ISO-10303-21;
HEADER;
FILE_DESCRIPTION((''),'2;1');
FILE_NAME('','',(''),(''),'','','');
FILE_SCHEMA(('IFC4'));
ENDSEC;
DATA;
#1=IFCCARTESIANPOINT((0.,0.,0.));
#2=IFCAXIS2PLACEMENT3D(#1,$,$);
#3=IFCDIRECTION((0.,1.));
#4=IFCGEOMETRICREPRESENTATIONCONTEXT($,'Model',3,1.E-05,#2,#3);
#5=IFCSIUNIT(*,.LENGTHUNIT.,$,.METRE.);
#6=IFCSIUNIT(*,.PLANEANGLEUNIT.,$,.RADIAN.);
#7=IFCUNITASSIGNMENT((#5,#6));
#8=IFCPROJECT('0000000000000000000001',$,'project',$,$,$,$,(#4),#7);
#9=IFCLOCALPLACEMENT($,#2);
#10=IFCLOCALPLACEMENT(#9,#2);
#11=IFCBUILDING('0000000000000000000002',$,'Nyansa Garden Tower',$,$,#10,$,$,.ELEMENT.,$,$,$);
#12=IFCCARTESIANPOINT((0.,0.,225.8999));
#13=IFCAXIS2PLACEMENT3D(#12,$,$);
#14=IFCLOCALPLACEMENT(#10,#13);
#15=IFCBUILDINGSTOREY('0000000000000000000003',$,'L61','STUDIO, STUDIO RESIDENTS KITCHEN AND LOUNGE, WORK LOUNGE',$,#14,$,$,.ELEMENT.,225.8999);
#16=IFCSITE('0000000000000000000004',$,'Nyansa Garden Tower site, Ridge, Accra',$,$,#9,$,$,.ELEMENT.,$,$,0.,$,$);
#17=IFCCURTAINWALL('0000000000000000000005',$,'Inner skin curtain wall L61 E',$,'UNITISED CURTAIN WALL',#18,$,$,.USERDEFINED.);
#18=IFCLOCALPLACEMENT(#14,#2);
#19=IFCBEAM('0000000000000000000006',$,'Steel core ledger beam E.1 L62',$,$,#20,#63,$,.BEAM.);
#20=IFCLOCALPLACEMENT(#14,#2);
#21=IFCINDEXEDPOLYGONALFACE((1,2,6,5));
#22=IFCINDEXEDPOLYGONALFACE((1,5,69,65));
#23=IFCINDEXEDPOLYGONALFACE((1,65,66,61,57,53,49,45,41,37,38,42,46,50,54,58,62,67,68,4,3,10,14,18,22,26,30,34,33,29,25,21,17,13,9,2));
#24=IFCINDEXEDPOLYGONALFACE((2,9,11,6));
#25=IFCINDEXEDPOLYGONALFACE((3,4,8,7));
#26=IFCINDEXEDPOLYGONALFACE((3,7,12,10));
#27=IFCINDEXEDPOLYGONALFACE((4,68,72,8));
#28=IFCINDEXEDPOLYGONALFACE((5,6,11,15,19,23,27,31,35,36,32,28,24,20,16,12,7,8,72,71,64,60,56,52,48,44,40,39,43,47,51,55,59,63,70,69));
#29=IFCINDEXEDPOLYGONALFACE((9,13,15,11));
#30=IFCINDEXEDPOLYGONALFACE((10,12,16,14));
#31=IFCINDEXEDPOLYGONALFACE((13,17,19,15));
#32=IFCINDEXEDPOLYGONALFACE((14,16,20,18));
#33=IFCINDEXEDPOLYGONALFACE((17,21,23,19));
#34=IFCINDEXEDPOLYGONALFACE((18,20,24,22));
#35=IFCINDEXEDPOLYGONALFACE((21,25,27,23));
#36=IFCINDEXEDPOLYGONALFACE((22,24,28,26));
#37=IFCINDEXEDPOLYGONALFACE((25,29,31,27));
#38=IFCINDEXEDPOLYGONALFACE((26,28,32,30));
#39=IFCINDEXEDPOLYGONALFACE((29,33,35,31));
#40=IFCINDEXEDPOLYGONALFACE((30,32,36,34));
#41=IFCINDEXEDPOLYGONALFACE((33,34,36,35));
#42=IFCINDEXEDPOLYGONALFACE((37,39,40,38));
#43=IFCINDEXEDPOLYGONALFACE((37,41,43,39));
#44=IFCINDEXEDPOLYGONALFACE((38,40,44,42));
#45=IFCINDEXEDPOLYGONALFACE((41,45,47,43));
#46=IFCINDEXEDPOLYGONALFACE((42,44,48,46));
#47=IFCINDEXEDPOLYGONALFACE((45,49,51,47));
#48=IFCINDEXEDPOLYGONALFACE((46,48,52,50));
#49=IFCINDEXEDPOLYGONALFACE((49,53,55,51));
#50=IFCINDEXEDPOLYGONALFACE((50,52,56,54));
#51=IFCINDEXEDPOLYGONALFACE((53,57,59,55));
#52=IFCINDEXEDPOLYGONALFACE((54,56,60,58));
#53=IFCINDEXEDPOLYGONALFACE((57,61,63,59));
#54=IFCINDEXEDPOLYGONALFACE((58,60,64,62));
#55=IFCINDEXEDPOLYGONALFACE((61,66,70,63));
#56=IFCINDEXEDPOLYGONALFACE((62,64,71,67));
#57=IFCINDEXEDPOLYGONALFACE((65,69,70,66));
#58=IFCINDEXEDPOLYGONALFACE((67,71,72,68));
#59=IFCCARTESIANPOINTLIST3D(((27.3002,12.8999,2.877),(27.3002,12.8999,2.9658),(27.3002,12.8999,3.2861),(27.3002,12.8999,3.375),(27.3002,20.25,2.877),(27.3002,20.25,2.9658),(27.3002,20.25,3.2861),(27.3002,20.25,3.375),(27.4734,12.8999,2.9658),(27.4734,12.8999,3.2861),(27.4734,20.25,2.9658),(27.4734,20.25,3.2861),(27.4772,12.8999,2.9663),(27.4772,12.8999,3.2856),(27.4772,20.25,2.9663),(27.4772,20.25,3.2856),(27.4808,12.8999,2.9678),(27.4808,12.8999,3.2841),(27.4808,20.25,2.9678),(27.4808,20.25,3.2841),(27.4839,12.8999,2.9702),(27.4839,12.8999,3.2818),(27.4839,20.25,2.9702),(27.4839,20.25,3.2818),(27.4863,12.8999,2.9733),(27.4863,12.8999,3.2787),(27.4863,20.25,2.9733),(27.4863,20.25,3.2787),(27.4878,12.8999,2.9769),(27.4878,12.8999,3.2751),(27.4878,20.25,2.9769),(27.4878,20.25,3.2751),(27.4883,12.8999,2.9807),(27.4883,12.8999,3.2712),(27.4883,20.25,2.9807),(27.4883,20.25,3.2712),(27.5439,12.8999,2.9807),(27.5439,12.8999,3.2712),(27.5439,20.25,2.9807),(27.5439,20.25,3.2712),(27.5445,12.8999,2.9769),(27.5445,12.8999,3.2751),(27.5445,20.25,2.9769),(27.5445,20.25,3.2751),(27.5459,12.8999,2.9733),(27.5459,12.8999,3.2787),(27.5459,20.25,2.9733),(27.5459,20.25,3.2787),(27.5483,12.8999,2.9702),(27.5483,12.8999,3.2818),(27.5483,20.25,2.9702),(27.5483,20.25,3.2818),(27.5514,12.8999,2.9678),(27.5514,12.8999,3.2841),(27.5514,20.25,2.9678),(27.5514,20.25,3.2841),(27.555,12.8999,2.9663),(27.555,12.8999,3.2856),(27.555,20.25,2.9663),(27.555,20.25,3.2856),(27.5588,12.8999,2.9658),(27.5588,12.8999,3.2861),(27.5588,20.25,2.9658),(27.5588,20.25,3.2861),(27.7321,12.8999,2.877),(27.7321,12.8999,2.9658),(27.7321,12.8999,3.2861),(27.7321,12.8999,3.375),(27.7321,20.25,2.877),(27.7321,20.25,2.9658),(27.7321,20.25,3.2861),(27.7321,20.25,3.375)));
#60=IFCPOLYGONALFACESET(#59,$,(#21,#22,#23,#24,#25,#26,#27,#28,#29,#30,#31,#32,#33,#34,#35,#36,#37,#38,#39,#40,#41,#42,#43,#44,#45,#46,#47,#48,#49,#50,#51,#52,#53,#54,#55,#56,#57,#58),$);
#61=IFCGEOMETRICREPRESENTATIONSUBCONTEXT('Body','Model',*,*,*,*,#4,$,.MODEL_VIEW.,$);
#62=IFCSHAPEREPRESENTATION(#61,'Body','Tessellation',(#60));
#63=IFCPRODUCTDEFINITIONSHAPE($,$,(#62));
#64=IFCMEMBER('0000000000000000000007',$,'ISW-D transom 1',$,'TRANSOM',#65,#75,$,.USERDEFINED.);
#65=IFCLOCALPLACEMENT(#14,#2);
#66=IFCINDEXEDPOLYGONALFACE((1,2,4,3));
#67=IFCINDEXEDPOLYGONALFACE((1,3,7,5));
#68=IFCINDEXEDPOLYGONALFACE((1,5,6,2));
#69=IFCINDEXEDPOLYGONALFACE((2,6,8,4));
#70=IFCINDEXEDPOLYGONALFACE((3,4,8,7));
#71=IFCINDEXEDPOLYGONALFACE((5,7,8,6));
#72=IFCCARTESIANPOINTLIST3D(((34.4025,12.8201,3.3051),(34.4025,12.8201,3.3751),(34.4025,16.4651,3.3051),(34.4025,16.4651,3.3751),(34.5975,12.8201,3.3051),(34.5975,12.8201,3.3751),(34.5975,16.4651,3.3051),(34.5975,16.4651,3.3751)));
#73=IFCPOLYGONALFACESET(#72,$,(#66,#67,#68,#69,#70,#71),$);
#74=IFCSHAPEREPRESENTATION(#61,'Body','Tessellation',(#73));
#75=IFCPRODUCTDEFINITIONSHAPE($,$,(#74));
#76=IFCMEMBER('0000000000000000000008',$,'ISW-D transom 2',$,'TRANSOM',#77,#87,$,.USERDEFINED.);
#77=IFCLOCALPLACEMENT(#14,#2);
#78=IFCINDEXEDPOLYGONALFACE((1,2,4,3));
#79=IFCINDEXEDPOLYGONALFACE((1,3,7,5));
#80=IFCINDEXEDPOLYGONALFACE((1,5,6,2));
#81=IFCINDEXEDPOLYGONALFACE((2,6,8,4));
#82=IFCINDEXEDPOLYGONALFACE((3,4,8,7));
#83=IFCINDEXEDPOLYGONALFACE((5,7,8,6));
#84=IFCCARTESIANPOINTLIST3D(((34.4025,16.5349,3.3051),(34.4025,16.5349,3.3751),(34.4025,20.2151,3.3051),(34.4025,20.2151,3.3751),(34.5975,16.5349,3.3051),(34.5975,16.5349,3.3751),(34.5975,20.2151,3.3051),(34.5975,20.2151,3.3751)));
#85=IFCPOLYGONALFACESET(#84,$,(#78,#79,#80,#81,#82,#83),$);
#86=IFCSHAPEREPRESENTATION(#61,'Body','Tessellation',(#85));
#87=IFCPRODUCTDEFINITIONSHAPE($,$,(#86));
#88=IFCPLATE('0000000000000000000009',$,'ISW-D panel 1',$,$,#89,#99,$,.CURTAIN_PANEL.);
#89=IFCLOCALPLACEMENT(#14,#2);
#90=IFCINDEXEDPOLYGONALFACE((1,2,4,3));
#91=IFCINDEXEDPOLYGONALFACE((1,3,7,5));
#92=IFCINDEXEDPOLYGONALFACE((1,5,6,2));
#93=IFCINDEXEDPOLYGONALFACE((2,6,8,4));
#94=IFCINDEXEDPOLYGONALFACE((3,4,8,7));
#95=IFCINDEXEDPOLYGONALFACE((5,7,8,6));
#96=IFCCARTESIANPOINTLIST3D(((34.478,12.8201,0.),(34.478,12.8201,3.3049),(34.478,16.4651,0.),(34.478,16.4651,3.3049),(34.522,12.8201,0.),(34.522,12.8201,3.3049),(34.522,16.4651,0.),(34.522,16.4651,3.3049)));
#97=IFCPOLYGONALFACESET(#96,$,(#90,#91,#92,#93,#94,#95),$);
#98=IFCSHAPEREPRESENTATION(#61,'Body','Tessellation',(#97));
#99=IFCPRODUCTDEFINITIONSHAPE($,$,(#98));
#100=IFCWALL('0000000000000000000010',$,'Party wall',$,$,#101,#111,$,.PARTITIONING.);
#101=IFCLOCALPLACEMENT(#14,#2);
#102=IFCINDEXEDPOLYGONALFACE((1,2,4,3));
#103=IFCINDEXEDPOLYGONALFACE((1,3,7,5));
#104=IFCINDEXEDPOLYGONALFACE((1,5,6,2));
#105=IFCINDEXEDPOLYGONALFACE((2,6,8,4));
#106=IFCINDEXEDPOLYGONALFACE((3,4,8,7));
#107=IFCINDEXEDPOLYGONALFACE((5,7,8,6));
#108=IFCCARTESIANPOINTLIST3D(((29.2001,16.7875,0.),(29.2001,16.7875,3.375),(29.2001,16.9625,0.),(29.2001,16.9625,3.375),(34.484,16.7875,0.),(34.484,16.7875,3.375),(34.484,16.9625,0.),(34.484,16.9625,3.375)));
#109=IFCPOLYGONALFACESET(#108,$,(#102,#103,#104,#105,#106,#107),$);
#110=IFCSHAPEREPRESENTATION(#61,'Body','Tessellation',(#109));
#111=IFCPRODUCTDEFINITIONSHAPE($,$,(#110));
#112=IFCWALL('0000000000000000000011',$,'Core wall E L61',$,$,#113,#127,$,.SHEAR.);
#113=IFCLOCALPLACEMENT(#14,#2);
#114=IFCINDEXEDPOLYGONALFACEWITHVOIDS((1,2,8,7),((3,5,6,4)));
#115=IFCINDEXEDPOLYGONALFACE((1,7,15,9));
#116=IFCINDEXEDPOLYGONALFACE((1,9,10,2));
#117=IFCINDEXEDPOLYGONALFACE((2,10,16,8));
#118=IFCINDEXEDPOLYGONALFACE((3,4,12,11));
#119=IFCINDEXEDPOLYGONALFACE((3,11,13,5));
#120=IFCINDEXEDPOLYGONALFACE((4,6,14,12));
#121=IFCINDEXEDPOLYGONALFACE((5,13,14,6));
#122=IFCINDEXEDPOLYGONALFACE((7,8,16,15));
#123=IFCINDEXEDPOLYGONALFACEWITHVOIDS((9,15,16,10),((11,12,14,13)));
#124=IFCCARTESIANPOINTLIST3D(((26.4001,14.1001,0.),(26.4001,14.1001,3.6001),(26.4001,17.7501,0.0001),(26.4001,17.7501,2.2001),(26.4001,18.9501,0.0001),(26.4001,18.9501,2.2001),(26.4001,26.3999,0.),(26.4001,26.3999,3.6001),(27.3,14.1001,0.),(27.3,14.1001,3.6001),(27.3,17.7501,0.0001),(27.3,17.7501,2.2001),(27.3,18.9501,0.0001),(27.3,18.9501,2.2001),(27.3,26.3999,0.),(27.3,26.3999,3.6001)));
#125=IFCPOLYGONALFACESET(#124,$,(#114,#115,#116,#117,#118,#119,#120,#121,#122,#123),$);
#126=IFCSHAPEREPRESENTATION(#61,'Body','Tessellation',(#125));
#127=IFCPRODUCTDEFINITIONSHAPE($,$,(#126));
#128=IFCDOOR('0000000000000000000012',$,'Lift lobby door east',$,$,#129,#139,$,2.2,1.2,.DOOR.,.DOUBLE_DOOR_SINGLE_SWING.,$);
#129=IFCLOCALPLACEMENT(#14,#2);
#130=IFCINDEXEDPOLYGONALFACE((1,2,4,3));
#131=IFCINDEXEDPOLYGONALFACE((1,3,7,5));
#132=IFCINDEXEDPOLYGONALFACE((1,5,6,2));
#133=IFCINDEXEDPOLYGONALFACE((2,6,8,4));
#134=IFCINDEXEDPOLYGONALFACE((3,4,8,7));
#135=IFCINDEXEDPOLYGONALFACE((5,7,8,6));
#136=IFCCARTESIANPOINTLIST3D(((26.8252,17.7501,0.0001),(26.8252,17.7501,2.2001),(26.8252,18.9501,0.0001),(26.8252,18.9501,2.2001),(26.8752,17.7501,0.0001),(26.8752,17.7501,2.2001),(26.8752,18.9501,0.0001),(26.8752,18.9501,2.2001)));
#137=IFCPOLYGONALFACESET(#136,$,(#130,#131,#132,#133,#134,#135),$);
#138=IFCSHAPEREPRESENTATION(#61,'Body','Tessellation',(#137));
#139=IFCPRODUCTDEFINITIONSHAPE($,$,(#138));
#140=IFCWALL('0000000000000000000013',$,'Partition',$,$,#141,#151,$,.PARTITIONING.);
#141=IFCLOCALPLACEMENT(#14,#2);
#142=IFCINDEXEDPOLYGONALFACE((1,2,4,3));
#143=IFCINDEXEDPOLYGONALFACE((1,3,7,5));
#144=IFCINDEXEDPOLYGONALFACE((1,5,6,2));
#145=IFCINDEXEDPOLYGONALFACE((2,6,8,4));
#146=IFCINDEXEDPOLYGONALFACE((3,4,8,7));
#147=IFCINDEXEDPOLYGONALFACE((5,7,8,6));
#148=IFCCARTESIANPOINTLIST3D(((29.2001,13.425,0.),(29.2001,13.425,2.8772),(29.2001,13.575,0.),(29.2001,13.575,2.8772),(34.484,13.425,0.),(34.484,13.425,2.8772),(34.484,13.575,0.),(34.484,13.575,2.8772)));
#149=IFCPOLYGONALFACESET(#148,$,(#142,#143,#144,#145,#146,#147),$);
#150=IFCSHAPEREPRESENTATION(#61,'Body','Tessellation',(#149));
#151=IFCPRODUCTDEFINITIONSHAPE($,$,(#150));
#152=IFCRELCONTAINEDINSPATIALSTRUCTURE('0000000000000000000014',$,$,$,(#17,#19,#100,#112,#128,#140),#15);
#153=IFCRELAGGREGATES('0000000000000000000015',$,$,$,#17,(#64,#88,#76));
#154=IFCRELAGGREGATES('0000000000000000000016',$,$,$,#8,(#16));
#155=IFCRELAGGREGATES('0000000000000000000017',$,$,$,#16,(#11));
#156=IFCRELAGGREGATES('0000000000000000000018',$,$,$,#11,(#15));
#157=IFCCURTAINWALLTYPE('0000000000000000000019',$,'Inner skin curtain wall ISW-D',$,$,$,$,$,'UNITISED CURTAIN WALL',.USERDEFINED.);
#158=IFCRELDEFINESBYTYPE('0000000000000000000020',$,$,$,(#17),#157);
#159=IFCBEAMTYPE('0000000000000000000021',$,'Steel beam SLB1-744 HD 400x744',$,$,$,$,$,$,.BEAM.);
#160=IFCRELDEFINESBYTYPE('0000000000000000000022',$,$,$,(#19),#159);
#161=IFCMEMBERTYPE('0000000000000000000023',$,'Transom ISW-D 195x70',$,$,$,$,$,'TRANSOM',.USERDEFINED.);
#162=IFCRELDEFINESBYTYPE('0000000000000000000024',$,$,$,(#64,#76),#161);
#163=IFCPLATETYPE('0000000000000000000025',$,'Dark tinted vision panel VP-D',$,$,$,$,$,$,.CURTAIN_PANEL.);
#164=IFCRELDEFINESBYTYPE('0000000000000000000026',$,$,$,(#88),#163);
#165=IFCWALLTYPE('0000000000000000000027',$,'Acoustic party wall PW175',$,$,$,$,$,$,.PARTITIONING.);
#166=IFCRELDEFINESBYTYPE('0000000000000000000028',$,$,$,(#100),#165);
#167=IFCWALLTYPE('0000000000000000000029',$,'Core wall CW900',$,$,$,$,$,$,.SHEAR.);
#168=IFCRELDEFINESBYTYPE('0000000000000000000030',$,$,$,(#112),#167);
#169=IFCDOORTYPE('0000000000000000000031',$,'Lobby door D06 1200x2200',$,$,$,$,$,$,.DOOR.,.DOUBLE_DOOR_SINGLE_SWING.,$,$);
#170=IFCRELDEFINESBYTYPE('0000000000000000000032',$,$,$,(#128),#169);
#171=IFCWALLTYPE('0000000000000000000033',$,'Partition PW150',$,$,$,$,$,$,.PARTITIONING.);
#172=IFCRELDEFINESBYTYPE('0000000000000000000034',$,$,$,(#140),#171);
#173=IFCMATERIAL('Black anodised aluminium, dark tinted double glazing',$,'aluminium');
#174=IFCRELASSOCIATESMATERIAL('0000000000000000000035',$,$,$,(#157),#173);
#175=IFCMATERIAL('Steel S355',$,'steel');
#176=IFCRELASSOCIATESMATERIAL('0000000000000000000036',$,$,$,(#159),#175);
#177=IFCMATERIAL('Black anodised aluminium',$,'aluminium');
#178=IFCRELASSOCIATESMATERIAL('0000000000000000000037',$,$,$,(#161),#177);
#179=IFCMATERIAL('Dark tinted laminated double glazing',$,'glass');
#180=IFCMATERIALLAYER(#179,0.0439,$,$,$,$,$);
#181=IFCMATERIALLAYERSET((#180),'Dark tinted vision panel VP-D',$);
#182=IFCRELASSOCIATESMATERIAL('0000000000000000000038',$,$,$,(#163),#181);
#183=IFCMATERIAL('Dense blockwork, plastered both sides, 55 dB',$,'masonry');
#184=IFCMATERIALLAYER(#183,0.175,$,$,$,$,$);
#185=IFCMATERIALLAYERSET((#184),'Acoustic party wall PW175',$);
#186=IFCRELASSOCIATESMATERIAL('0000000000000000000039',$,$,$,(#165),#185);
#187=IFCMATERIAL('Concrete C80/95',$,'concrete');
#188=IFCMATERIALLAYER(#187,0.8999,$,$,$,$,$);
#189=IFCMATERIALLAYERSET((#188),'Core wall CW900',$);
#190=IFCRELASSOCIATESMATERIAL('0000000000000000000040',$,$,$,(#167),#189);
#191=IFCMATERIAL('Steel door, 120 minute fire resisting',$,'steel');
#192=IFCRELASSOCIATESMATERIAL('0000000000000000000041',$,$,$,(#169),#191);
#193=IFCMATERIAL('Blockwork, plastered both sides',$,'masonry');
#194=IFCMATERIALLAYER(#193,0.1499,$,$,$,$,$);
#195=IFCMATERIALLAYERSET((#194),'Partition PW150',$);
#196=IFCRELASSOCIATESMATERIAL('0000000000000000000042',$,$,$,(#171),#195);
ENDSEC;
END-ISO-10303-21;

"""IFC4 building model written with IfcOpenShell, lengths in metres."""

from ifc_helpers import new_model, si_unit, direction, frame, frame_2d, origin, origin_2d, place, context, subcontext, project, spatial, rectangle, i_section, extrude, material, layer, layer_set, material_profile, profile_set, type_object, element, fill, aggregate, save


model = new_model("IFC4")

# Units and contexts
model_context = context("Model", 3, precision=1e-05, world=origin(), true_north=direction((0.0, 1.0)))
body_context = subcontext(model_context, "Body", "Model", "MODEL_VIEW")
ifc_project = project(units=[si_unit("LENGTHUNIT", "METRE"), si_unit("PLANEANGLEUNIT", "RADIAN")], contexts=[model_context])

# Site, building, storey
site_placement = place(None, origin())
site = spatial("IfcSite", under=ifc_project, at=site_placement, Name="Nyansa Garden Tower site, Ridge, Accra", CompositionType="ELEMENT", RefElevation=0.0)
building_placement = place(site_placement, origin())
building = spatial("IfcBuilding", under=site, at=building_placement, Name="Nyansa Garden Tower", CompositionType="ELEMENT")
storey_placement = place(building_placement, frame((0.0, 0.0, 225.8999)))
storey = spatial("IfcBuildingStorey", under=building, at=storey_placement, Name="L61", Description="STUDIO, STUDIO RESIDENTS KITCHEN AND LOUNGE, WORK LOUNGE", CompositionType="ELEMENT", Elevation=225.8999)

# Curtain wall
ifc_material_1 = material(Name="Black anodised aluminium, dark tinted double glazing", Category="aluminium")
curtain_wall_type = type_object("IfcCurtainWallType", Name="Inner skin curtain wall ISW-D", ElementType="UNITISED CURTAIN WALL", PredefinedType="USERDEFINED", material=ifc_material_1)
curtain_wall_placement = place(storey_placement, origin())
curtain_wall = element("IfcCurtainWall", 1, at=curtain_wall_placement, inside=storey, type_object=curtain_wall_type, Name="Inner skin curtain wall L61 E", ObjectType="UNITISED CURTAIN WALL", PredefinedType="USERDEFINED")

# Beam
ifc_material_2 = material(Name="Steel S355", Category="steel")
ifc_material_profile_1 = material_profile(ifc_material_2, i_section(OverallWidth=0.4319, OverallDepth=0.498, WebThickness=0.0557, FlangeThickness=0.0889, FilletRadius=0.0149, at=origin_2d()), Name="HD 400x744")
ifc_profile_set_1 = profile_set([ifc_material_profile_1], Name="Steel S355")
beam_type_1 = type_object("IfcBeamType", Name="Steel beam SLB1-744 HD 400x744", PredefinedType="BEAM", material=ifc_profile_set_1)
beam_1_placement = place(storey_placement, frame((27.5161, 12.8999, 3.126), z_axis=(0.0, 1.0, 0.0), x_axis=(-1.0, 0.0, 0.0)))
element("IfcBeam", 2, at=beam_1_placement, inside=storey, type_object=beam_type_1, Name="Steel core ledger beam E.1 L62", PredefinedType="BEAM", context=body_context, shape_type="SweptSolid", body=[
    extrude(i_section(OverallWidth=0.4319, OverallDepth=0.498, WebThickness=0.0557, FlangeThickness=0.0889, FilletRadius=0.0149, at=origin_2d()), origin(), (0.0, 0.0, 1.0), 7.3501),
])

# Members
ifc_material_3 = material(Name="Black anodised aluminium", Category="aluminium")
ifc_material_profile_2 = material_profile(ifc_material_3, rectangle(XDim=0.1951, YDim=0.0701, at=origin_2d()), Name="Transom 195x70")
ifc_profile_set_2 = profile_set([ifc_material_profile_2], Name="Black anodised aluminium")
member_type_1 = type_object("IfcMemberType", Name="Transom ISW-D 195x70", ElementType="TRANSOM", PredefinedType="USERDEFINED", material=ifc_profile_set_2)
member_1_placement = place(storey_placement, frame((34.5, 12.8201, 3.3401), z_axis=(0.0, 1.0, 0.0), x_axis=(-1.0, 0.0, 0.0)))
member_1 = element("IfcMember", 3, at=member_1_placement, type_object=member_type_1, Name="ISW-D transom 1", ObjectType="TRANSOM", PredefinedType="USERDEFINED", context=body_context, shape_type="SweptSolid", body=[
    extrude(rectangle(XDim=0.1951, YDim=0.0701, at=origin_2d()), origin(), (0.0, 0.0, 1.0), 3.645),
])
member_2_placement = place(storey_placement, frame((34.5, 16.5349, 3.3401), z_axis=(0.0, 1.0, 0.0), x_axis=(-1.0, 0.0, 0.0)))
member_2 = element("IfcMember", 4, at=member_2_placement, type_object=member_type_1, Name="ISW-D transom 2", ObjectType="TRANSOM", PredefinedType="USERDEFINED", context=body_context, shape_type="SweptSolid", body=[
    extrude(rectangle(XDim=0.1951, YDim=0.0701, at=origin_2d()), origin(), (0.0, 0.0, 1.0), 3.6802),
])

# Plate
ifc_material_4 = material(Name="Dark tinted laminated double glazing", Category="glass")
ifc_layer_1 = layer(ifc_material_4, 0.0439)
ifc_layer_set_1 = layer_set([ifc_layer_1], Name="Dark tinted vision panel VP-D")
plate_type = type_object("IfcPlateType", Name="Dark tinted vision panel VP-D", PredefinedType="CURTAIN_PANEL", material=ifc_layer_set_1)
plate_placement = place(storey_placement, frame((34.5, 14.6426, 0.0), z_axis=(0.0, 0.0, 1.0), x_axis=(0.0, 1.0, 0.0)))
plate = element("IfcPlate", 5, at=plate_placement, type_object=plate_type, Name="ISW-D panel 1", PredefinedType="CURTAIN_PANEL", context=body_context, shape_type="SweptSolid", body=[
    extrude(rectangle(XDim=3.645, YDim=0.0439, at=origin_2d()), origin(), (0.0, 0.0, 1.0), 3.3049),
])
aggregate(curtain_wall, [member_1, plate, member_2])

# Wall
ifc_material_5 = material(Name="Dense blockwork, plastered both sides, 55 dB", Category="masonry")
ifc_layer_2 = layer(ifc_material_5, 0.175)
ifc_layer_set_2 = layer_set([ifc_layer_2], Name="Acoustic party wall PW175")
wall_type_1 = type_object("IfcWallType", Name="Acoustic party wall PW175", PredefinedType="PARTITIONING", material=ifc_layer_set_2)
wall_1_placement = place(storey_placement, frame((29.2, 16.875, 0.0), z_axis=(0.0, 0.0, 1.0), x_axis=(1.0, 0.0, 0.0)))
element("IfcWall", 6, at=wall_1_placement, inside=storey, type_object=wall_type_1, Name="Party wall", PredefinedType="PARTITIONING", context=body_context, shape_type="SweptSolid", body=[
    extrude(rectangle(XDim=5.2839, YDim=0.175, at=frame_2d((2.6421, 0.0))), origin(), (0.0, 0.0, 1.0), 3.375),
])

# Wall, opening, door
ifc_material_6 = material(Name="Concrete C80/95", Category="concrete")
ifc_layer_3 = layer(ifc_material_6, 0.8999)
ifc_layer_set_3 = layer_set([ifc_layer_3], Name="Core wall CW900")
wall_type_2 = type_object("IfcWallType", Name="Core wall CW900", PredefinedType="SHEAR", material=ifc_layer_set_3)
wall_2_placement = place(storey_placement, frame((26.8501, 14.1001, 0.0), z_axis=(0.0, 0.0, 1.0), x_axis=(0.0, 1.0, 0.0)))
wall_2 = element("IfcWall", 7, at=wall_2_placement, inside=storey, type_object=wall_type_2, Name="Core wall E L61", PredefinedType="SHEAR", context=body_context, shape_type="SweptSolid", body=[
    extrude(rectangle(XDim=12.2998, YDim=0.8999, at=frame_2d((6.1499, 0.0))), origin(), (0.0, 0.0, 1.0), 3.6001),
])
opening_1_placement = place(wall_2_placement, frame((3.6499, 0.0, 0.0)))
opening_1 = element("IfcOpeningElement", 8, at=opening_1_placement, cuts=wall_2, PredefinedType="OPENING", context=body_context, shape_type="SweptSolid", body=[
    extrude(rectangle(XDim=1.2, YDim=2.2, at=frame_2d((0.6001, 1.1001))), frame((0.0, 0.46, 0.0), z_axis=(0.0, -1.0, 0.0), x_axis=(1.0, 0.0, 0.0)), (0.0, 0.0, 1.0), 0.9199),
])
ifc_material_7 = material(Name="Steel door, 120 minute fire resisting", Category="steel")
door_type_1 = type_object("IfcDoorType", Name="Lobby door D06 1200x2200", OperationType="DOUBLE_DOOR_SINGLE_SWING", PredefinedType="DOOR", material=ifc_material_7)
door_1_placement = place(opening_1_placement, origin())
door_1 = element("IfcDoor", 9, at=door_1_placement, inside=storey, type_object=door_type_1, Name="Lift lobby door east", OperationType="DOUBLE_DOOR_SINGLE_SWING", OverallHeight=2.2, OverallWidth=1.2, PredefinedType="DOOR", context=body_context, shape_type="SweptSolid", body=[
    extrude(rectangle(XDim=1.2, YDim=2.2, at=frame_2d((0.6001, 1.1001))), frame((0.0, 0.0249, 0.0), z_axis=(0.0, -1.0, 0.0), x_axis=(1.0, 0.0, 0.0)), (0.0, 0.0, 1.0), 0.05),
])
fill(opening_1, door_1)

# Wall
ifc_material_8 = material(Name="Blockwork, plastered both sides", Category="masonry")
ifc_layer_4 = layer(ifc_material_8, 0.1499)
ifc_layer_set_4 = layer_set([ifc_layer_4], Name="Partition PW150")
wall_type_3 = type_object("IfcWallType", Name="Partition PW150", PredefinedType="PARTITIONING", material=ifc_layer_set_4)
wall_3_placement = place(storey_placement, frame((29.2, 13.5, 0.0), z_axis=(0.0, 0.0, 1.0), x_axis=(1.0, 0.0, 0.0)))
element("IfcWall", 10, at=wall_3_placement, inside=storey, type_object=wall_type_3, Name="Partition", PredefinedType="PARTITIONING", context=body_context, shape_type="SweptSolid", body=[
    extrude(rectangle(XDim=5.2839, YDim=0.1499, at=frame_2d((2.6421, 0.0))), origin(), (0.0, 0.0, 1.0), 2.8772),
])

save(model, "model.ifc")
